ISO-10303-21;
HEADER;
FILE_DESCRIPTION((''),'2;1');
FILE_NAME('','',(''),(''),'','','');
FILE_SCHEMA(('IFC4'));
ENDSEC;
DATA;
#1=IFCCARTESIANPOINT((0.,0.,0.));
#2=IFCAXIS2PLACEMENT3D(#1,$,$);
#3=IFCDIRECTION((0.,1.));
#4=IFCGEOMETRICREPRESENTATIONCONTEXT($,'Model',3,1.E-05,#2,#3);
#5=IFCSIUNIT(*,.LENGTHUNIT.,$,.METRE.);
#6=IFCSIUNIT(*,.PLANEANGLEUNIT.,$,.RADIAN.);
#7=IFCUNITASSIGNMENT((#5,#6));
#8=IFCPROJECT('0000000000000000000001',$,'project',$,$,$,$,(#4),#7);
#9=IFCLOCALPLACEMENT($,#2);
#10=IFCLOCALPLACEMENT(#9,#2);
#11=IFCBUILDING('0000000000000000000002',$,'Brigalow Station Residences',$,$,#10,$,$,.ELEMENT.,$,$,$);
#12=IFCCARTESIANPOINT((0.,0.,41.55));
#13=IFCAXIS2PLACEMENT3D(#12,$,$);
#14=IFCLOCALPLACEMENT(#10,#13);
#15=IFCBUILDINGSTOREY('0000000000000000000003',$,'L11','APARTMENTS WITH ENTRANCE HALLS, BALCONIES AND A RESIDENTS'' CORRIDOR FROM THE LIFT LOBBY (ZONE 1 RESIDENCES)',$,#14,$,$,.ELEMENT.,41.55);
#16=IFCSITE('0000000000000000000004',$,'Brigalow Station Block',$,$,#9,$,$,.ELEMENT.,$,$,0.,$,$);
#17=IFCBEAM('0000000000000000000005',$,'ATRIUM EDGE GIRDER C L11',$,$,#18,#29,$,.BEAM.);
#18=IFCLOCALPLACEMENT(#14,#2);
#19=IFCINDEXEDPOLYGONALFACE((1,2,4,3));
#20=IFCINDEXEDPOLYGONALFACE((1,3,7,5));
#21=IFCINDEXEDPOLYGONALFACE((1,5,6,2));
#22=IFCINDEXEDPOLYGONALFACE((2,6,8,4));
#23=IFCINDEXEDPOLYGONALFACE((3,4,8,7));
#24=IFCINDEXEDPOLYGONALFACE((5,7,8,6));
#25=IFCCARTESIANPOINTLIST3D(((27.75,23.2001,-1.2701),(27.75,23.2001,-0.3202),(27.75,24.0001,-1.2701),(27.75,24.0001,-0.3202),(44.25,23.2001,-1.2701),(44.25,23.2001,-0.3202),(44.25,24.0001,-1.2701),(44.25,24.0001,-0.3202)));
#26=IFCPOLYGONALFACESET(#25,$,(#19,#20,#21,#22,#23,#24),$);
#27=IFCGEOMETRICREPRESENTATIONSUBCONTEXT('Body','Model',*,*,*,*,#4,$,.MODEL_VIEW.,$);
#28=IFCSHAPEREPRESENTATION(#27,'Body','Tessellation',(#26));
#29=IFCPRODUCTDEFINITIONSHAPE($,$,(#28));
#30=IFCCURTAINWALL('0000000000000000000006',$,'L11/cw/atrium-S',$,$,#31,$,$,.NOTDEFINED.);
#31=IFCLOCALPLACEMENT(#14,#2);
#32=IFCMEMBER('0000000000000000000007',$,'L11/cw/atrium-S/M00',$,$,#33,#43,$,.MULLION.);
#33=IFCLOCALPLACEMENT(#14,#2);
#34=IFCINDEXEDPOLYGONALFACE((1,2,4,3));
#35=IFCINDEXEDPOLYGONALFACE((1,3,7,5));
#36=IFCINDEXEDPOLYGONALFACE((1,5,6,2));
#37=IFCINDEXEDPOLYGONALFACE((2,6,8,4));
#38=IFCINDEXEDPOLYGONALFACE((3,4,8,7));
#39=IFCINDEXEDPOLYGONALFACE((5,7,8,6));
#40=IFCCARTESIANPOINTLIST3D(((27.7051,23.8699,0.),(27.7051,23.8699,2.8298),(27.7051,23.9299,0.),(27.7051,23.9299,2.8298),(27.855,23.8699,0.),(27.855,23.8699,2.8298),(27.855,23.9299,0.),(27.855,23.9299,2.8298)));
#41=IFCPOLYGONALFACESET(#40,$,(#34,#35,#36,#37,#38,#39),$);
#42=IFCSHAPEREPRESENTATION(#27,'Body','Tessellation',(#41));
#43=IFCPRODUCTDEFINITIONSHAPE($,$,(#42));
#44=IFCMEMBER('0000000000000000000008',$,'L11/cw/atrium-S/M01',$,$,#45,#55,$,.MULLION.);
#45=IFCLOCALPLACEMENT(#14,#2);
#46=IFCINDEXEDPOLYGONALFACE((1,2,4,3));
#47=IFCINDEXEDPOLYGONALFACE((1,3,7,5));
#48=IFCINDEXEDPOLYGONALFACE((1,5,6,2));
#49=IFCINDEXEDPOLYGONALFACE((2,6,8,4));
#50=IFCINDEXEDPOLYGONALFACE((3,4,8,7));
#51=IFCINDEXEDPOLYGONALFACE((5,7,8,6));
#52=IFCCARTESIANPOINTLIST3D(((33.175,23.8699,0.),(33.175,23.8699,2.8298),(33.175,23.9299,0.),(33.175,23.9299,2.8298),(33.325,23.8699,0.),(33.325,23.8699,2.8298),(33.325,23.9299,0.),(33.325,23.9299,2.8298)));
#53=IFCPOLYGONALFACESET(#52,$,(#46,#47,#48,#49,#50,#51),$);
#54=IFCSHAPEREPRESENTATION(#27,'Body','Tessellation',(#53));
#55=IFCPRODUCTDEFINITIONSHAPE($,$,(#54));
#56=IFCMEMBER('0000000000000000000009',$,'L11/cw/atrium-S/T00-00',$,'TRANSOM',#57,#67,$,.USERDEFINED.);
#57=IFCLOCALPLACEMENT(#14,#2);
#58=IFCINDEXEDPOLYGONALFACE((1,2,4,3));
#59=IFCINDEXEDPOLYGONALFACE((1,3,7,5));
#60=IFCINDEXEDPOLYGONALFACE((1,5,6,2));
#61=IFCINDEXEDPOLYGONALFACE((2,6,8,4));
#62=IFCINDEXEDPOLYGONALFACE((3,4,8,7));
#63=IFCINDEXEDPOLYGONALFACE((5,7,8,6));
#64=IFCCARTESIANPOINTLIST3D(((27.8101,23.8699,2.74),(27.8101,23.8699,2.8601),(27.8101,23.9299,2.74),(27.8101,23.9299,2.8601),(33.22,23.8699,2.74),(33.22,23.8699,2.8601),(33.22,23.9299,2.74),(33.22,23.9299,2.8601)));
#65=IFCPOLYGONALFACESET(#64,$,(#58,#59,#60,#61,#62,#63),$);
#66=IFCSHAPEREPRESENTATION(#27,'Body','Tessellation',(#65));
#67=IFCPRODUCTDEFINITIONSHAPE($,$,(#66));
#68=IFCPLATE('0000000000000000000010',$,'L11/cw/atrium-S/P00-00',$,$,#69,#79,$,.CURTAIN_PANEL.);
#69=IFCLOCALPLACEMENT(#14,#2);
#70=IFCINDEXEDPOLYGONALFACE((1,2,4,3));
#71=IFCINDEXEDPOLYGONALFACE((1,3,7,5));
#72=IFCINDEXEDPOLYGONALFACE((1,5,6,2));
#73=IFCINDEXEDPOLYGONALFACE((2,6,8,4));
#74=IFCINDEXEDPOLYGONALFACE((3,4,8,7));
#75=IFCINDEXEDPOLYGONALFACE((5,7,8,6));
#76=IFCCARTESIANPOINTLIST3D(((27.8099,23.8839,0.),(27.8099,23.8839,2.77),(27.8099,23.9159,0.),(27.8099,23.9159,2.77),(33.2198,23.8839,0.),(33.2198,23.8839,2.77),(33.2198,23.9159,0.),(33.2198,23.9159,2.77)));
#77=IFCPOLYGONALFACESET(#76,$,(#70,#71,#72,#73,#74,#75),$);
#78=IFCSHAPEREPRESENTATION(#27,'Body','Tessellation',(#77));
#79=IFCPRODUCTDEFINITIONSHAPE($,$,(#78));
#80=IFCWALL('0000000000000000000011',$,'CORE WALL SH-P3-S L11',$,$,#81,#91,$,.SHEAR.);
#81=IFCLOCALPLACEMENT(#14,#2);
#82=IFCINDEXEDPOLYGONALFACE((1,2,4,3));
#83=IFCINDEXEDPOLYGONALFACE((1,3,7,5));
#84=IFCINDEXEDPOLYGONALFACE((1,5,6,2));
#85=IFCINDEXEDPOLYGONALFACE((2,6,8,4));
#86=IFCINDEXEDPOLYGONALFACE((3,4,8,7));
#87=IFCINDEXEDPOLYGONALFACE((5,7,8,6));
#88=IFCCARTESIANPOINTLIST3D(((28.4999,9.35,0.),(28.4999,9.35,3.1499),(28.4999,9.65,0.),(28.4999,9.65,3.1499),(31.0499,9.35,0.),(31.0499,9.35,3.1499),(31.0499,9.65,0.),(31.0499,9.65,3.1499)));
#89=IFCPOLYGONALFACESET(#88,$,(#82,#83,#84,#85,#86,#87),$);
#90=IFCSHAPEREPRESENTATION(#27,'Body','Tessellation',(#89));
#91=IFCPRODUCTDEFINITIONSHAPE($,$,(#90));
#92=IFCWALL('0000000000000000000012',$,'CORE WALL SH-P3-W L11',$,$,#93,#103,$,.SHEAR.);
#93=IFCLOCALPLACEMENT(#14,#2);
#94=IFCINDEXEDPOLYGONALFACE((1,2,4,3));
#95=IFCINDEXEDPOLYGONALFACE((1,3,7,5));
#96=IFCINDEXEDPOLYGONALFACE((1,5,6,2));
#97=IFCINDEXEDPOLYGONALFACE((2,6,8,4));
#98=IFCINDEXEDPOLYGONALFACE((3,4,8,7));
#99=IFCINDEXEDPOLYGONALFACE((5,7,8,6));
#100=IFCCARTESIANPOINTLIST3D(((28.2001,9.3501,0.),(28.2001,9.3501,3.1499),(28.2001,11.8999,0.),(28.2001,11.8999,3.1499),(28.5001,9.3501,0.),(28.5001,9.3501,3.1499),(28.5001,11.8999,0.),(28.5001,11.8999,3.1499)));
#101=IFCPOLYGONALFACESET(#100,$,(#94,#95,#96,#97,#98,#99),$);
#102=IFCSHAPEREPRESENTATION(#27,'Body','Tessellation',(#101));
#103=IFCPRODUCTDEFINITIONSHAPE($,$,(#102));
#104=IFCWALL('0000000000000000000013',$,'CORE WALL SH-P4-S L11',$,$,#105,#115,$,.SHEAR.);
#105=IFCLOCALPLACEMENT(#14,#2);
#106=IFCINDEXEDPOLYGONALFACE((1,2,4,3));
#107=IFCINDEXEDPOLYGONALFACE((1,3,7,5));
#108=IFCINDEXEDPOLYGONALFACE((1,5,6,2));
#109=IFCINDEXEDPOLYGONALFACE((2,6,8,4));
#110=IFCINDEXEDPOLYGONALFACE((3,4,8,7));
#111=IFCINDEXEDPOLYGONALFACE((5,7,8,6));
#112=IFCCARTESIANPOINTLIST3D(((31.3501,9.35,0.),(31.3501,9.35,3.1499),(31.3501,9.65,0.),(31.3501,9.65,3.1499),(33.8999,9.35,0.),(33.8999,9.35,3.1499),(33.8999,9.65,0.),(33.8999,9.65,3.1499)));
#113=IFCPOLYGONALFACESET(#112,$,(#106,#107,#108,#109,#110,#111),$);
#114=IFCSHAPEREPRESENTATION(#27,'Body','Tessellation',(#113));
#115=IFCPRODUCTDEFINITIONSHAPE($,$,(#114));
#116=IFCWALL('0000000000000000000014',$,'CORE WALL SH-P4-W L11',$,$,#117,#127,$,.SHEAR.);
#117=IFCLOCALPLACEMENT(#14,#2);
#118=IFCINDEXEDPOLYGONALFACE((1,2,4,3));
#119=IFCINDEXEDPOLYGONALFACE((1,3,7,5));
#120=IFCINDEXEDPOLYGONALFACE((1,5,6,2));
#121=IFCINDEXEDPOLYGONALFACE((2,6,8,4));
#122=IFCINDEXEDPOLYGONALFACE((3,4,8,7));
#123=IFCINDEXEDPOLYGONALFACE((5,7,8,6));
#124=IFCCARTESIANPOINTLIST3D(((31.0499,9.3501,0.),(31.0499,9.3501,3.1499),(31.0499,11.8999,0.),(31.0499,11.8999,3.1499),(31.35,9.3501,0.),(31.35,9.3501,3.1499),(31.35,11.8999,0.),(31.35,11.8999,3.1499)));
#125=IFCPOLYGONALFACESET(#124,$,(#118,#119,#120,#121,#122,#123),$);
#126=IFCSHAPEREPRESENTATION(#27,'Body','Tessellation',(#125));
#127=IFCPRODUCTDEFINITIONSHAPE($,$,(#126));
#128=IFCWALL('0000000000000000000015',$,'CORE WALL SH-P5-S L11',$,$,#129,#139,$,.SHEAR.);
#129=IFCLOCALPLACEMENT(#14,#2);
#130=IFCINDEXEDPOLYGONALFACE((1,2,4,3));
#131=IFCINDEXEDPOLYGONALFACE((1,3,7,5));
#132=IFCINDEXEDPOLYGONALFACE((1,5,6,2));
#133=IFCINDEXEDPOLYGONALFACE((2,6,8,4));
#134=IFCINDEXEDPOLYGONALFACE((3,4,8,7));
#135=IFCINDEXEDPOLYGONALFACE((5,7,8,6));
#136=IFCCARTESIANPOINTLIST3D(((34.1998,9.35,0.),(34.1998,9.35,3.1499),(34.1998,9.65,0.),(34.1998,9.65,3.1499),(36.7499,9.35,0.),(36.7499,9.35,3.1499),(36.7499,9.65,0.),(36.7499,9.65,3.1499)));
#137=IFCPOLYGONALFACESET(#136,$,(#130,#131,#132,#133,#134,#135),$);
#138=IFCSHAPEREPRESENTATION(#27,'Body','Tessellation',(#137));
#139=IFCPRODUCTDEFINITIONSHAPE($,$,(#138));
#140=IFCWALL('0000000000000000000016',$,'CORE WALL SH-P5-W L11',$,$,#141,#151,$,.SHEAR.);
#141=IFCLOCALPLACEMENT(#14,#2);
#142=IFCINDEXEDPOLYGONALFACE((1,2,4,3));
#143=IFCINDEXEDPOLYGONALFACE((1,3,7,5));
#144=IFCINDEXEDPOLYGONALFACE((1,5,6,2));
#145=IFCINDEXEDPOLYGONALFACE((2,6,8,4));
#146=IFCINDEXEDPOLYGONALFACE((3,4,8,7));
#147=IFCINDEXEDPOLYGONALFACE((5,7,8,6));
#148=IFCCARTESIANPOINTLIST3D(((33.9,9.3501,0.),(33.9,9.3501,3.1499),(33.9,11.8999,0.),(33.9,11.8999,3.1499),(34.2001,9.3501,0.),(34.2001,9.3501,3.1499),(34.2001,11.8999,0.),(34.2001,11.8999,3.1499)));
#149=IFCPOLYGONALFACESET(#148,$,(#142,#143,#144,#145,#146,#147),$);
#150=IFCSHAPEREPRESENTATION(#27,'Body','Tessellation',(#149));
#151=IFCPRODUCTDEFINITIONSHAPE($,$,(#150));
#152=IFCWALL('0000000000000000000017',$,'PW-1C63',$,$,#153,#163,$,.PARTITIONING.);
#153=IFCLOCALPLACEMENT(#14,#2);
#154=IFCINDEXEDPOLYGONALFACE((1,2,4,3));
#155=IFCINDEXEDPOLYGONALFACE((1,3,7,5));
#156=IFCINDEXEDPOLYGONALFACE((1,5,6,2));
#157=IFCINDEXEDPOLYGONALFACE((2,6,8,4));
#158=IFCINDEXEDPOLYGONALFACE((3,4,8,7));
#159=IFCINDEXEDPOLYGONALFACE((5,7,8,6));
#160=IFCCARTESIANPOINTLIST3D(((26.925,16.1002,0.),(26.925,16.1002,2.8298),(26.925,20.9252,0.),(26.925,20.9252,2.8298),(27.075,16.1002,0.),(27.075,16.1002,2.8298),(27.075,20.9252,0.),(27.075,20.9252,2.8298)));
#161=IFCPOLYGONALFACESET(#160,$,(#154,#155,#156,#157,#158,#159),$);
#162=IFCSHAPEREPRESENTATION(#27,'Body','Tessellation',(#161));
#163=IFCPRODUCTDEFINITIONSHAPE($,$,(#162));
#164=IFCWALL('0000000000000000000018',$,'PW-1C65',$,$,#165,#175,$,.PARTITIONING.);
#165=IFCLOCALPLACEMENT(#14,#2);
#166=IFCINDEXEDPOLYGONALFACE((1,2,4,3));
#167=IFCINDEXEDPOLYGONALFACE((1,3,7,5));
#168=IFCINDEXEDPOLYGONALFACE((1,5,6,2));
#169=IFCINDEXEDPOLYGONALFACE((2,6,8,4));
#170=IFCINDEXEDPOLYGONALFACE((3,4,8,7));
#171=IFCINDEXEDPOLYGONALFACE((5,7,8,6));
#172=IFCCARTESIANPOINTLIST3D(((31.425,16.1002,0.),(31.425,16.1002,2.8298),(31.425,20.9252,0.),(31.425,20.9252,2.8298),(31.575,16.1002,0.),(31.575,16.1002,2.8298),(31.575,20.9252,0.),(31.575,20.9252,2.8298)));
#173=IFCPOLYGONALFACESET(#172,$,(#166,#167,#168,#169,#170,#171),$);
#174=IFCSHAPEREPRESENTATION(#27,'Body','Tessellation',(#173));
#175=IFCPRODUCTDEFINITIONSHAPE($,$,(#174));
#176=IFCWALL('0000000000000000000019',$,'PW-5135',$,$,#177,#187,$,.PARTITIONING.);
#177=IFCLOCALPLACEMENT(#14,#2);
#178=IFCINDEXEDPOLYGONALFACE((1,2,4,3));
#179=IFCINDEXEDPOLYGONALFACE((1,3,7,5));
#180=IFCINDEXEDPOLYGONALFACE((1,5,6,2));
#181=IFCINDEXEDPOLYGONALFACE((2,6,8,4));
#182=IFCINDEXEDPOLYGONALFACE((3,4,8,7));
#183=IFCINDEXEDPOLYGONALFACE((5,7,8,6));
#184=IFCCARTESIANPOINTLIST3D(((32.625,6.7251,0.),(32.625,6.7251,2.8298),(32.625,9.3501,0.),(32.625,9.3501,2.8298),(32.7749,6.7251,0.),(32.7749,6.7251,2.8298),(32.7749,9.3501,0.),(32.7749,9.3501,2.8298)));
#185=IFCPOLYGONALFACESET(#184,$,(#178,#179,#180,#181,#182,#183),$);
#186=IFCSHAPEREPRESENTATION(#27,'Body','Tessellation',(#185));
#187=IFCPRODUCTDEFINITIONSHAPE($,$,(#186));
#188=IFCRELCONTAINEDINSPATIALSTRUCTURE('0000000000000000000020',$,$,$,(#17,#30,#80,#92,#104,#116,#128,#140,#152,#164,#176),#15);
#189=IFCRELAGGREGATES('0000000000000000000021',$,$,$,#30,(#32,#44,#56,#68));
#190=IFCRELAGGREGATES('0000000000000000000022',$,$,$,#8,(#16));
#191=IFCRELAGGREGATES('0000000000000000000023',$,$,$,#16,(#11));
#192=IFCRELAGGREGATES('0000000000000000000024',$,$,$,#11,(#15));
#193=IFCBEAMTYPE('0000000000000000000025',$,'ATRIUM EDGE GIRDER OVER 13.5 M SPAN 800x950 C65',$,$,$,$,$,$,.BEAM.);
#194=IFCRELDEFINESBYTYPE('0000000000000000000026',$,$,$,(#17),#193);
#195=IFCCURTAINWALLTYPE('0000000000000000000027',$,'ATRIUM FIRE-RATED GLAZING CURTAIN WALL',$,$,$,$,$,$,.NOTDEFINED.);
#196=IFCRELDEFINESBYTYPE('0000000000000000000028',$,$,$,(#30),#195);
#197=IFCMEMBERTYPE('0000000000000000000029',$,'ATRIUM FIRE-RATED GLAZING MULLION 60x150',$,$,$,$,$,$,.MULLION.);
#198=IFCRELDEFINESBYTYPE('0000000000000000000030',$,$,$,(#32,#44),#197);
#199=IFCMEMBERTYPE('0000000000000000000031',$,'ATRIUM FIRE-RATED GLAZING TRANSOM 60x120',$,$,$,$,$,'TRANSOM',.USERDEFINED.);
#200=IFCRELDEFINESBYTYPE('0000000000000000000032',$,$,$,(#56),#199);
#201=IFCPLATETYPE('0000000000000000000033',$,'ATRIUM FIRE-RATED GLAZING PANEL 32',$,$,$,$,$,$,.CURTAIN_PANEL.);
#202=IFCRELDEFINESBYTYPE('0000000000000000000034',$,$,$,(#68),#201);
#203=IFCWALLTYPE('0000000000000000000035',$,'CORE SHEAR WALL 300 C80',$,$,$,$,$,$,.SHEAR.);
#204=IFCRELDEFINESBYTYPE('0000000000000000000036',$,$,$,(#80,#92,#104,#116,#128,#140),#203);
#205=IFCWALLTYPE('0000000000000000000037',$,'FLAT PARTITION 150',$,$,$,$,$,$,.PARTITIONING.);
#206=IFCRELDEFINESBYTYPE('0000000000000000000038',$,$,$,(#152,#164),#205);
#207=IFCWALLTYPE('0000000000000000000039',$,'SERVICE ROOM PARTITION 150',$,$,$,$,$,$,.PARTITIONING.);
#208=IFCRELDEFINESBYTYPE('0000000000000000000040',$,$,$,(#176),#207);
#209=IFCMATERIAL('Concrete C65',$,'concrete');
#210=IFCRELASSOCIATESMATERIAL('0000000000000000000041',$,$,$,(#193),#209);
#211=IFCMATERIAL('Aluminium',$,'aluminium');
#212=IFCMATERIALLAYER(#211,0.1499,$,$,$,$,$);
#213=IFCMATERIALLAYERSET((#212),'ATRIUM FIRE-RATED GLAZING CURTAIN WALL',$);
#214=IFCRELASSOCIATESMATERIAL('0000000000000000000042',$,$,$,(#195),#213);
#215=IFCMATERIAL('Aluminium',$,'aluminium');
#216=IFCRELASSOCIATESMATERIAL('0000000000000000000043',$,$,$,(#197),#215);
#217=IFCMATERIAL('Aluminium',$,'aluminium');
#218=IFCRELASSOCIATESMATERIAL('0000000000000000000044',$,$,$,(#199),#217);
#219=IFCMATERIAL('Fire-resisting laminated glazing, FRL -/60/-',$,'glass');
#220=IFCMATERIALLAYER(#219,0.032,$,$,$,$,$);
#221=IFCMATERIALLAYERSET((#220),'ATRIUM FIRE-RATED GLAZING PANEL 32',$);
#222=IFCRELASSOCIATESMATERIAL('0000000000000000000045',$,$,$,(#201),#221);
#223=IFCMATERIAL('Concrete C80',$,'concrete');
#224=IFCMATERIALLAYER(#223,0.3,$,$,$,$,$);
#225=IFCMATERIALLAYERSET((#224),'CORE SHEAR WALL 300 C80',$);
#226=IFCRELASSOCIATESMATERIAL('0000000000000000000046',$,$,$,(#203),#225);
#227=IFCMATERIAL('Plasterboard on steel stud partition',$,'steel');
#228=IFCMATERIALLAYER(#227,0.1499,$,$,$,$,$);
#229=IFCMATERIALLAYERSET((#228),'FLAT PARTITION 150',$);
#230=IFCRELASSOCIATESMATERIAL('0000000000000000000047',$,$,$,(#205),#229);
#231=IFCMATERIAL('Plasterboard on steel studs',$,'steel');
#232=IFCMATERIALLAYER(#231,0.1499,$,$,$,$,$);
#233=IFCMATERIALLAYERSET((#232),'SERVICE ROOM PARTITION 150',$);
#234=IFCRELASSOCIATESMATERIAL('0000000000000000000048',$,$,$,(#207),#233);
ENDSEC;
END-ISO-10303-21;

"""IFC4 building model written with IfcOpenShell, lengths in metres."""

from ifc_helpers import new_model, si_unit, direction, frame, frame_2d, origin, origin_2d, place, context, subcontext, project, spatial, rectangle, extrude, material, layer, layer_set, material_profile, profile_set, type_object, element, aggregate, save


model = new_model("IFC4")

# Units and contexts
model_context = context("Model", 3, precision=1e-05, world=origin(), true_north=direction((0.0, 1.0)))
body_context = subcontext(model_context, "Body", "Model", "MODEL_VIEW")
ifc_project = project(units=[si_unit("LENGTHUNIT", "METRE"), si_unit("PLANEANGLEUNIT", "RADIAN")], contexts=[model_context])

# Site, building, storey
site_placement = place(None, origin())
site = spatial("IfcSite", under=ifc_project, at=site_placement, Name="Brigalow Station Block", CompositionType="ELEMENT", RefElevation=0.0)
building_placement = place(site_placement, origin())
building = spatial("IfcBuilding", under=site, at=building_placement, Name="Brigalow Station Residences", CompositionType="ELEMENT")
storey_placement = place(building_placement, frame((0.0, 0.0, 41.55)))
storey = spatial("IfcBuildingStorey", under=building, at=storey_placement, Name="L11", Description="APARTMENTS WITH ENTRANCE HALLS, BALCONIES AND A RESIDENTS' CORRIDOR FROM THE LIFT LOBBY (ZONE 1 RESIDENCES)", CompositionType="ELEMENT", Elevation=41.55)

# Beam
ifc_material_1 = material(Name="Concrete C65", Category="concrete")
ifc_material_profile_1 = material_profile(ifc_material_1, rectangle(XDim=0.8, YDim=0.95, at=origin_2d()), Name="RC800x950")
ifc_profile_set_1 = profile_set([ifc_material_profile_1], Name="Concrete C65")
beam_type = type_object("IfcBeamType", Name="ATRIUM EDGE GIRDER OVER 13.5 M SPAN 800x950 C65", PredefinedType="BEAM", material=ifc_profile_set_1)
beam_placement = place(storey_placement, frame((27.75, 23.6001, -0.7952), z_axis=(1.0, 0.0, 0.0), x_axis=(0.0, 1.0, 0.0)))
element("IfcBeam", 1, at=beam_placement, inside=storey, type_object=beam_type, Name="ATRIUM EDGE GIRDER C L11", PredefinedType="BEAM", context=body_context, shape_type="SweptSolid", body=[
    extrude(rectangle(XDim=0.8, YDim=0.95, at=origin_2d()), origin(), (0.0, 0.0, 1.0), 16.5),
])

# Curtain wall, members, plate
ifc_material_2 = material(Name="Aluminium", Category="aluminium")
ifc_layer_1 = layer(ifc_material_2, 0.1499)
ifc_layer_set_1 = layer_set([ifc_layer_1], Name="ATRIUM FIRE-RATED GLAZING CURTAIN WALL")
curtain_wall_type = type_object("IfcCurtainWallType", Name="ATRIUM FIRE-RATED GLAZING CURTAIN WALL", PredefinedType="NOTDEFINED", material=ifc_layer_set_1)
curtain_wall_placement = place(storey_placement, origin())
curtain_wall = element("IfcCurtainWall", 2, at=curtain_wall_placement, inside=storey, type_object=curtain_wall_type, Name="L11/cw/atrium-S", PredefinedType="NOTDEFINED")
ifc_material_3 = material(Name="Aluminium", Category="aluminium")
ifc_material_profile_2 = material_profile(ifc_material_3, rectangle(XDim=0.0601, YDim=0.1499, at=origin_2d()), Name="ATRIUM FIRE-RATED GLAZING MULLION 60x150")
ifc_profile_set_2 = profile_set([ifc_material_profile_2], Name="Aluminium")
member_type_1 = type_object("IfcMemberType", Name="ATRIUM FIRE-RATED GLAZING MULLION 60x150", PredefinedType="MULLION", material=ifc_profile_set_2)
member_1_placement = place(storey_placement, frame((27.78, 23.8999, 0.0), z_axis=(0.0, 0.0, 1.0), x_axis=(0.0, 1.0, 0.0)))
member_1 = element("IfcMember", 3, at=member_1_placement, type_object=member_type_1, Name="L11/cw/atrium-S/M00", PredefinedType="MULLION", context=body_context, shape_type="SweptSolid", body=[
    extrude(rectangle(XDim=0.0601, YDim=0.1499, at=origin_2d()), origin(), (0.0, 0.0, 1.0), 2.8298),
])
member_2_placement = place(storey_placement, frame((33.25, 23.8999, 0.0), z_axis=(0.0, 0.0, 1.0), x_axis=(0.0, 1.0, 0.0)))
member_2 = element("IfcMember", 4, at=member_2_placement, type_object=member_type_1, Name="L11/cw/atrium-S/M01", PredefinedType="MULLION", context=body_context, shape_type="SweptSolid", body=[
    extrude(rectangle(XDim=0.0601, YDim=0.1499, at=origin_2d()), origin(), (0.0, 0.0, 1.0), 2.8298),
])
ifc_material_4 = material(Name="Aluminium", Category="aluminium")
ifc_material_profile_3 = material_profile(ifc_material_4, rectangle(XDim=0.0601, YDim=0.1201, at=origin_2d()), Name="ATRIUM FIRE-RATED GLAZING TRANSOM 60x120")
ifc_profile_set_3 = profile_set([ifc_material_profile_3], Name="Aluminium")
member_type_2 = type_object("IfcMemberType", Name="ATRIUM FIRE-RATED GLAZING TRANSOM 60x120", ElementType="TRANSOM", PredefinedType="USERDEFINED", material=ifc_profile_set_3)
member_3_placement = place(storey_placement, frame((27.8101, 23.8999, 2.8), z_axis=(1.0, 0.0, 0.0), x_axis=(0.0, 1.0, 0.0)))
member_3 = element("IfcMember", 5, at=member_3_placement, type_object=member_type_2, Name="L11/cw/atrium-S/T00-00", ObjectType="TRANSOM", PredefinedType="USERDEFINED", context=body_context, shape_type="SweptSolid", body=[
    extrude(rectangle(XDim=0.0601, YDim=0.1201, at=origin_2d()), origin(), (0.0, 0.0, 1.0), 5.4099),
])
ifc_material_5 = material(Name="Fire-resisting laminated glazing, FRL -/60/-", Category="glass")
ifc_layer_2 = layer(ifc_material_5, 0.032)
ifc_layer_set_2 = layer_set([ifc_layer_2], Name="ATRIUM FIRE-RATED GLAZING PANEL 32")
plate_type = type_object("IfcPlateType", Name="ATRIUM FIRE-RATED GLAZING PANEL 32", PredefinedType="CURTAIN_PANEL", material=ifc_layer_set_2)
plate_placement = place(storey_placement, frame((30.5149, 23.8999, 0.0), z_axis=(0.0, 0.0, 1.0), x_axis=(1.0, 0.0, 0.0)))
plate = element("IfcPlate", 6, at=plate_placement, type_object=plate_type, Name="L11/cw/atrium-S/P00-00", PredefinedType="CURTAIN_PANEL", context=body_context, shape_type="SweptSolid", body=[
    extrude(rectangle(XDim=5.4099, YDim=0.032, at=origin_2d()), origin(), (0.0, 0.0, 1.0), 2.77),
])
aggregate(curtain_wall, [member_1, member_2, member_3, plate])

# Walls
ifc_material_6 = material(Name="Concrete C80", Category="concrete")
ifc_layer_3 = layer(ifc_material_6, 0.3)
ifc_layer_set_3 = layer_set([ifc_layer_3], Name="CORE SHEAR WALL 300 C80")
wall_type_1 = type_object("IfcWallType", Name="CORE SHEAR WALL 300 C80", PredefinedType="SHEAR", material=ifc_layer_set_3)
wall_1_placement = place(storey_placement, frame((28.5, 9.5, 0.0), z_axis=(0.0, 0.0, 1.0), x_axis=(1.0, 0.0, 0.0)))
element("IfcWall", 7, at=wall_1_placement, inside=storey, type_object=wall_type_1, Name="CORE WALL SH-P3-S L11", PredefinedType="SHEAR", context=body_context, shape_type="SweptSolid", body=[
    extrude(rectangle(XDim=2.55, YDim=0.3, at=frame_2d((1.2749, 0.0))), origin(), (0.0, 0.0, 1.0), 3.1499),
])
for number, where, z_axis, x_axis, name in (
    (8, (28.3501, 9.3501, 0.0), (0.0, 0.0, 1.0), (0.0, 1.0, 0.0), "CORE WALL SH-P3-W L11"),
    (9, (31.3501, 9.5, 0.0), (0.0, 0.0, 1.0), (1.0, 0.0, 0.0), "CORE WALL SH-P4-S L11"),
    (10, (31.2, 9.3501, 0.0), (0.0, 0.0, 1.0), (0.0, 1.0, 0.0), "CORE WALL SH-P4-W L11"),
):
    element("IfcWall", number, at=place(storey_placement, frame(where, z_axis=z_axis, x_axis=x_axis)), inside=storey, type_object=wall_type_1, Name=name, PredefinedType="SHEAR", context=body_context, shape_type="SweptSolid", body=[
        extrude(rectangle(XDim=2.5498, YDim=0.3, at=frame_2d((1.2749, 0.0))), origin(), (0.0, 0.0, 1.0), 3.1499),
    ])
wall_2_placement = place(storey_placement, frame((34.2, 9.5, 0.0), z_axis=(0.0, 0.0, 1.0), x_axis=(1.0, 0.0, 0.0)))
element("IfcWall", 11, at=wall_2_placement, inside=storey, type_object=wall_type_1, Name="CORE WALL SH-P5-S L11", PredefinedType="SHEAR", context=body_context, shape_type="SweptSolid", body=[
    extrude(rectangle(XDim=2.55, YDim=0.3, at=frame_2d((1.2749, 0.0))), origin(), (0.0, 0.0, 1.0), 3.1499),
])
wall_3_placement = place(storey_placement, frame((34.05, 9.3501, 0.0), z_axis=(0.0, 0.0, 1.0), x_axis=(0.0, 1.0, 0.0)))
element("IfcWall", 12, at=wall_3_placement, inside=storey, type_object=wall_type_1, Name="CORE WALL SH-P5-W L11", PredefinedType="SHEAR", context=body_context, shape_type="SweptSolid", body=[
    extrude(rectangle(XDim=2.5498, YDim=0.3, at=frame_2d((1.2749, 0.0))), origin(), (0.0, 0.0, 1.0), 3.1499),
])
ifc_material_7 = material(Name="Plasterboard on steel stud partition", Category="steel")
ifc_layer_4 = layer(ifc_material_7, 0.1499)
ifc_layer_set_4 = layer_set([ifc_layer_4], Name="FLAT PARTITION 150")
wall_type_2 = type_object("IfcWallType", Name="FLAT PARTITION 150", PredefinedType="PARTITIONING", material=ifc_layer_set_4)
for number, where, z_axis, x_axis, name in (
    (13, (27.0, 16.1001, 0.0), (0.0, 0.0, 1.0), (0.0, 1.0, 0.0), "PW-1C63"),
    (14, (31.5, 16.1001, 0.0), (0.0, 0.0, 1.0), (0.0, 1.0, 0.0), "PW-1C65"),
):
    element("IfcWall", number, at=place(storey_placement, frame(where, z_axis=z_axis, x_axis=x_axis)), inside=storey, type_object=wall_type_2, Name=name, PredefinedType="PARTITIONING", context=body_context, shape_type="SweptSolid", body=[
        extrude(rectangle(XDim=4.825, YDim=0.1499, at=frame_2d((2.4126, 0.0))), origin(), (0.0, 0.0, 1.0), 2.8298),
    ])
ifc_material_8 = material(Name="Plasterboard on steel studs", Category="steel")
ifc_layer_5 = layer(ifc_material_8, 0.1499)
ifc_layer_set_5 = layer_set([ifc_layer_5], Name="SERVICE ROOM PARTITION 150")
wall_type_3 = type_object("IfcWallType", Name="SERVICE ROOM PARTITION 150", PredefinedType="PARTITIONING", material=ifc_layer_set_5)
wall_4_placement = place(storey_placement, frame((32.7, 6.7251, 0.0), z_axis=(0.0, 0.0, 1.0), x_axis=(0.0, 1.0, 0.0)))
element("IfcWall", 15, at=wall_4_placement, inside=storey, type_object=wall_type_3, Name="PW-5135", PredefinedType="PARTITIONING", context=body_context, shape_type="SweptSolid", body=[
    extrude(rectangle(XDim=2.625, YDim=0.1499, at=frame_2d((1.3125, 0.0))), origin(), (0.0, 0.0, 1.0), 2.8298),
])

save(model, "model.ifc")
